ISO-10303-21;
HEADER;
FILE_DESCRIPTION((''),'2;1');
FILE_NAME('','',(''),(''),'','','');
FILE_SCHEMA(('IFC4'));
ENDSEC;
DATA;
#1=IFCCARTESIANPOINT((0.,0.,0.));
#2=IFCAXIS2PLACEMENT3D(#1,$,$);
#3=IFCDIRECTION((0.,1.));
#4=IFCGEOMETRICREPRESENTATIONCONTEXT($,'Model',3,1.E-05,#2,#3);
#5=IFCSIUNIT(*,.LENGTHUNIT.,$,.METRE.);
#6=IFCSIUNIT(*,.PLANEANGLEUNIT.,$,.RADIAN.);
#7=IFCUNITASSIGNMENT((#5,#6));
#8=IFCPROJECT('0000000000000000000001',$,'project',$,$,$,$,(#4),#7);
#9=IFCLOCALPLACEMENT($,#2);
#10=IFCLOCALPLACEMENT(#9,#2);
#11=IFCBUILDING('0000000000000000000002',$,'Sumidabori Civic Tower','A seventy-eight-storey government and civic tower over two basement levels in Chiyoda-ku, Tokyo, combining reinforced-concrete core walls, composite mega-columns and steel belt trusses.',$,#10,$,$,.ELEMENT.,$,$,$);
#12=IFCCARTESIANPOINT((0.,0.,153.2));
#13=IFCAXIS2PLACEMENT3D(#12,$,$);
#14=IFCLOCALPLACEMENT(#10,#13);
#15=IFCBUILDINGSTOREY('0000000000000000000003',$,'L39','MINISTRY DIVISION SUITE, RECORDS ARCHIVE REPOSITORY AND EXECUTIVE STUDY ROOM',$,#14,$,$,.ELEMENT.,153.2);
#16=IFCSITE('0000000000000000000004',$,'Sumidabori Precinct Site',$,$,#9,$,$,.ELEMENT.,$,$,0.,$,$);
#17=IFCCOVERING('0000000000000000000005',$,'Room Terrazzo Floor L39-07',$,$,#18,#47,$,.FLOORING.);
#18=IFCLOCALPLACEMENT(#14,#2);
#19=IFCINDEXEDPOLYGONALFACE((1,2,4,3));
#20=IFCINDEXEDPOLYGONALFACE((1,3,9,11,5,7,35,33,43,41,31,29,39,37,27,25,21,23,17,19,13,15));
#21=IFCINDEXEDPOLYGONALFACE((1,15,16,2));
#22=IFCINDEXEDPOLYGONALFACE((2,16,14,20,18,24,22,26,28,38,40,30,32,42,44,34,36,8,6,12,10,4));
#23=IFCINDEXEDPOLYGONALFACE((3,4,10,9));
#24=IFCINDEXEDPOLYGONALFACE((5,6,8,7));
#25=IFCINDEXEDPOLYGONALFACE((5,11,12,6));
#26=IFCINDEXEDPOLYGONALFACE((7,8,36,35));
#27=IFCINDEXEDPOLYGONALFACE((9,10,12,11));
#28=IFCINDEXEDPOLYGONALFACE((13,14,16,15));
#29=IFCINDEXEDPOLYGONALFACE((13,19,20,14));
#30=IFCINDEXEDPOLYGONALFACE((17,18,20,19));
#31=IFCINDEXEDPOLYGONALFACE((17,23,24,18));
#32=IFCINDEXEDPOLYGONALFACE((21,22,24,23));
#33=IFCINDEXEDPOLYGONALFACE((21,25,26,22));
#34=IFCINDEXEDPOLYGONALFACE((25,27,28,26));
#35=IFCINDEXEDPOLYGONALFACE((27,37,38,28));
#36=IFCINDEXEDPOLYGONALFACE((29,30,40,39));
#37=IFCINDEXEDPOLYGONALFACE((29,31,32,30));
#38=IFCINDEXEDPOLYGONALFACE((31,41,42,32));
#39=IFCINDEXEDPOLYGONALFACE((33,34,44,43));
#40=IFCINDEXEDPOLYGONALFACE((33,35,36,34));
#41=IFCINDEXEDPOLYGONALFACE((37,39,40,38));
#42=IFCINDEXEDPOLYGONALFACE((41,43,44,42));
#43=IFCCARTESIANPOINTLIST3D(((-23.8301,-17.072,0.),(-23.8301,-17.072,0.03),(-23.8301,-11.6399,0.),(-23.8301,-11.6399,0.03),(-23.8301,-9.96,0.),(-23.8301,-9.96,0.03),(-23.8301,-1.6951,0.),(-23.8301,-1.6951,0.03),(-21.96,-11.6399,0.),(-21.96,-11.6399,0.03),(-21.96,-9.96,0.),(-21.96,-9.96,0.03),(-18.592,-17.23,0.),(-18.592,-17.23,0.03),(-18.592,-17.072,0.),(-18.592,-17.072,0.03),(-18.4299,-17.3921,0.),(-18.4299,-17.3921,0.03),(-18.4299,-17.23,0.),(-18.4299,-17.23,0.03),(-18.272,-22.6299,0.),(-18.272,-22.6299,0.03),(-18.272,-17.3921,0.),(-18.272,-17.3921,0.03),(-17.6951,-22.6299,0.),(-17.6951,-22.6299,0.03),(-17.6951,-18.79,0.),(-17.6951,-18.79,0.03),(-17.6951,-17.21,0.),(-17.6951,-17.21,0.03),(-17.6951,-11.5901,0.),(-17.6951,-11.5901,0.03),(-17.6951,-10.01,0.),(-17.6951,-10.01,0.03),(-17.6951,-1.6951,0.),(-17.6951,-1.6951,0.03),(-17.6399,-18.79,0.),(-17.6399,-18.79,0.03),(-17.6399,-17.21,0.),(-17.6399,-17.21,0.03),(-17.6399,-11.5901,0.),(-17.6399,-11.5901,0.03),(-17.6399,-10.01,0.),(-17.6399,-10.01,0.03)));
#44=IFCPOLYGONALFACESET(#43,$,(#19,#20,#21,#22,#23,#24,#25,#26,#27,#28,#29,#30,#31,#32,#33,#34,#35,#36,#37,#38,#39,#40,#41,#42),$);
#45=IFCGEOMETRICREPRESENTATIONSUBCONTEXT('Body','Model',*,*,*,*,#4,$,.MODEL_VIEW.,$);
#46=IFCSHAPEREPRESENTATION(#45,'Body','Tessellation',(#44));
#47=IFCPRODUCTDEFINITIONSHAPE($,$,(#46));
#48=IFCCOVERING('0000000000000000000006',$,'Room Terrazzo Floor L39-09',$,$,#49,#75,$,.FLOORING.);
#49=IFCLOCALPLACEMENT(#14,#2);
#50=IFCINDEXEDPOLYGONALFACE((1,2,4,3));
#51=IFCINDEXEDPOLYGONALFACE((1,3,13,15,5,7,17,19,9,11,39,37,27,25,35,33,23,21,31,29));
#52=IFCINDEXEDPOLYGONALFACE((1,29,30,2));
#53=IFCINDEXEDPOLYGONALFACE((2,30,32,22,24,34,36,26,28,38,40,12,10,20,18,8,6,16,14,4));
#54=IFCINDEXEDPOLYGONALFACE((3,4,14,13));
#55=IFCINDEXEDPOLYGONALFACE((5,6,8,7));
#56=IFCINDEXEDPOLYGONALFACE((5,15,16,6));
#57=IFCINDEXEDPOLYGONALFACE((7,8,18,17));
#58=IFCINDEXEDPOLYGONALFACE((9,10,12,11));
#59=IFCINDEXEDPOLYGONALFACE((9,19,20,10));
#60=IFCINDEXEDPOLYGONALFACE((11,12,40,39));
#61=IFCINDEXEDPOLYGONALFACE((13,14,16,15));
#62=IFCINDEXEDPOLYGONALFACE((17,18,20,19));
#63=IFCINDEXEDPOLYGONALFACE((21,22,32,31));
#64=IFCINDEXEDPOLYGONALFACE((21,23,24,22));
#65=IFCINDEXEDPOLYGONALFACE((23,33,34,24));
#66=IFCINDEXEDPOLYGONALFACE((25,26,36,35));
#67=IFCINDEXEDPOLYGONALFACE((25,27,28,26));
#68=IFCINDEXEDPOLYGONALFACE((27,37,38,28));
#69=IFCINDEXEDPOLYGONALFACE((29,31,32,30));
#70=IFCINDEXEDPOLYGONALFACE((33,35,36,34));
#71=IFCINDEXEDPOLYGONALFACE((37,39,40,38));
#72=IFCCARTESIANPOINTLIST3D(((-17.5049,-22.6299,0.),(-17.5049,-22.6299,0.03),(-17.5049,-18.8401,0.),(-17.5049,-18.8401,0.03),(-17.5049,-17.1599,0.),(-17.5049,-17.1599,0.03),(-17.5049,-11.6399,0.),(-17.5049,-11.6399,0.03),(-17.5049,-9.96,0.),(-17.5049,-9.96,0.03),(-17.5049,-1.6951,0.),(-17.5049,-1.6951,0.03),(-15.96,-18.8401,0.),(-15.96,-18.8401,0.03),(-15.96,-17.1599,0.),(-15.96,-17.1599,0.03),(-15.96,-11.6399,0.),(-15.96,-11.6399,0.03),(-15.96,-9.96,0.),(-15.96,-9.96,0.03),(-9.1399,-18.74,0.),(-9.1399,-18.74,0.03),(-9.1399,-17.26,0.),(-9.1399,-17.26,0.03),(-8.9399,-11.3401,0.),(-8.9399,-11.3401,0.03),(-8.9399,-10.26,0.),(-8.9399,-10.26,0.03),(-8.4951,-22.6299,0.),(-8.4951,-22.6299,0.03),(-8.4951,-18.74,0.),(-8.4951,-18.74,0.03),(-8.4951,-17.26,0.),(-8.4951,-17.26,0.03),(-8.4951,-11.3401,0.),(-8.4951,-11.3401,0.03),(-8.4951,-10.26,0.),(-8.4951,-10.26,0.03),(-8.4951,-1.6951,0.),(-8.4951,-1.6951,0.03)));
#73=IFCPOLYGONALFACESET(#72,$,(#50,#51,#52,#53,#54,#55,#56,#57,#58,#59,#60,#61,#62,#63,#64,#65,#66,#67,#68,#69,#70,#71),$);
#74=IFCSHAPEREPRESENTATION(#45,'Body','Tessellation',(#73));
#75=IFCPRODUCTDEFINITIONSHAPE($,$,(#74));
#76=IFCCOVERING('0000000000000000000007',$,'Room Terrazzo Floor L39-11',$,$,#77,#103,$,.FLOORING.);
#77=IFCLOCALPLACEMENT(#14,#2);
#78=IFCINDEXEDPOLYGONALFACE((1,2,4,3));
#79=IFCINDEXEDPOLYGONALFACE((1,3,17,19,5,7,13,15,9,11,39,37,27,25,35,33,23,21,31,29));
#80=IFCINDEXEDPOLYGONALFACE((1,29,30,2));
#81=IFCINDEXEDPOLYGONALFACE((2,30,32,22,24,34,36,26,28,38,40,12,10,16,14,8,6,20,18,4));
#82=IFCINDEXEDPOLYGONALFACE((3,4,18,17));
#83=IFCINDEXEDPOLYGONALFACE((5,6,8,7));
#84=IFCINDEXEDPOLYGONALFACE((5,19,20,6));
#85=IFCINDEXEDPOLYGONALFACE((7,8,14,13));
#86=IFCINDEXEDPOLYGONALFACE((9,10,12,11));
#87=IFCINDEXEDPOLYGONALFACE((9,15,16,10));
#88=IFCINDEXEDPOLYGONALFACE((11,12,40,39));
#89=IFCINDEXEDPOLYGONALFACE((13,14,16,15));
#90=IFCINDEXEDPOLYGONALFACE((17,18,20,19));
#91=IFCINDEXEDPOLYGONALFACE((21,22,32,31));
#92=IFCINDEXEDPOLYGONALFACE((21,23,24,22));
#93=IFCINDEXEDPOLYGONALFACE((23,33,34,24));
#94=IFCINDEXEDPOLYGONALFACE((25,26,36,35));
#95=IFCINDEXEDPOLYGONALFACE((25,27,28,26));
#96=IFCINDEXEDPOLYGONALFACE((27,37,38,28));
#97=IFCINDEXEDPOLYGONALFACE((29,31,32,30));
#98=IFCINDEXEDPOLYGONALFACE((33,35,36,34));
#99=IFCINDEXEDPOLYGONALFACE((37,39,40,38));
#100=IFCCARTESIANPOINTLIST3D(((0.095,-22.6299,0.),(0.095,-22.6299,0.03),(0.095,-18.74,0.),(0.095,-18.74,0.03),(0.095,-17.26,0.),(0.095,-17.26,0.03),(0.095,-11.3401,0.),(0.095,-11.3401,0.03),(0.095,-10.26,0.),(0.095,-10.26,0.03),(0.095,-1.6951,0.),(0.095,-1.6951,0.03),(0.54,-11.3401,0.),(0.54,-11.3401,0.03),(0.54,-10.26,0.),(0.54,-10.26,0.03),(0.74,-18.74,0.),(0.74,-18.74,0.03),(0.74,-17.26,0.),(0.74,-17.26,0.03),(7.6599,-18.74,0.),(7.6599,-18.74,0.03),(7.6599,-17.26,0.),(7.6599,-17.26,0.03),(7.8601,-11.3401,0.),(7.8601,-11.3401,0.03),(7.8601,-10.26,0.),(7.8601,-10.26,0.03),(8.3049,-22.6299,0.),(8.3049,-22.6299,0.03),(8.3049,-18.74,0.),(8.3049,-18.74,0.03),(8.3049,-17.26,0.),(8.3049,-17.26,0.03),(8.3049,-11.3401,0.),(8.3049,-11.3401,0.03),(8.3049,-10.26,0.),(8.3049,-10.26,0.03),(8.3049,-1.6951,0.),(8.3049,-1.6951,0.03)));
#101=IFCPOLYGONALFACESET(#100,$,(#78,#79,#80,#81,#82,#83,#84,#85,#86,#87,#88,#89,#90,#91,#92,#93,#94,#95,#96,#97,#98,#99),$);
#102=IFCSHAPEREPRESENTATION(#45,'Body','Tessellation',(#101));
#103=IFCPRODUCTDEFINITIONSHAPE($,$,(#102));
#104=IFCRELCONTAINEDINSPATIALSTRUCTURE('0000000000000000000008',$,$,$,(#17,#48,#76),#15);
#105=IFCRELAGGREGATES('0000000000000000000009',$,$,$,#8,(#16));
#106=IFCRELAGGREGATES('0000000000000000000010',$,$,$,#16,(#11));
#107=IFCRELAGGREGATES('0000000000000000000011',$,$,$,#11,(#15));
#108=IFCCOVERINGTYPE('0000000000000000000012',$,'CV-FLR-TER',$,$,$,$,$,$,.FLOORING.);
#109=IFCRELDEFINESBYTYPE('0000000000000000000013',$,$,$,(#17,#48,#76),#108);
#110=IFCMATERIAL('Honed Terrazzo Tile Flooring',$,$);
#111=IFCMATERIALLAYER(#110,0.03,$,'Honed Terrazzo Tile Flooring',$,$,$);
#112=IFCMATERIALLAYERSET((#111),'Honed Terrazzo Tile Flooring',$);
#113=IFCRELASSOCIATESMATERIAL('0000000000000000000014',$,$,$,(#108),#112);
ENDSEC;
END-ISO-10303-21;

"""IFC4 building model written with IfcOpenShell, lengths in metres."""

from ifc_helpers import new_model, si_unit, direction, frame, origin, place, context, subcontext, project, spatial, polyline, outline, extrude, material, layer, layer_set, type_object, element, save


model = new_model("IFC4")

# Units and contexts
model_context = context("Model", 3, precision=1e-05, world=origin(), true_north=direction((0.0, 1.0)))
body_context = subcontext(model_context, "Body", "Model", "MODEL_VIEW")
ifc_project = project(units=[si_unit("LENGTHUNIT", "METRE"), si_unit("PLANEANGLEUNIT", "RADIAN")], contexts=[model_context])

# Site, building, storey
site_placement = place(None, origin())
site = spatial("IfcSite", under=ifc_project, at=site_placement, Name="Sumidabori Precinct Site", CompositionType="ELEMENT", RefElevation=0.0)
building_placement = place(site_placement, origin())
building = spatial("IfcBuilding", under=site, at=building_placement, Name="Sumidabori Civic Tower", Description="A seventy-eight-storey government and civic tower over two basement levels in Chiyoda-ku, Tokyo, combining reinforced-concrete core walls, composite mega-columns and steel belt trusses.", CompositionType="ELEMENT")
storey_placement = place(building_placement, frame((0.0, 0.0, 153.2)))
storey = spatial("IfcBuildingStorey", under=building, at=storey_placement, Name="L39", Description="MINISTRY DIVISION SUITE, RECORDS ARCHIVE REPOSITORY AND EXECUTIVE STUDY ROOM", CompositionType="ELEMENT", Elevation=153.2)

# Coverings
ifc_material_1 = material(Name="Honed Terrazzo Tile Flooring")
ifc_layer_1 = layer(ifc_material_1, 0.03, Name="Honed Terrazzo Tile Flooring")
ifc_layer_set_1 = layer_set([ifc_layer_1], Name="Honed Terrazzo Tile Flooring")
covering_type_1 = type_object("IfcCoveringType", Name="CV-FLR-TER", PredefinedType="FLOORING", material=ifc_layer_set_1)
covering_1_placement = place(storey_placement, origin())
element("IfcCovering", 1, at=covering_1_placement, inside=storey, type_object=covering_type_1, Name="Room Terrazzo Floor L39-07", PredefinedType="FLOORING", context=body_context, shape_type="SweptSolid", body=[
    extrude(outline(polyline([(-21.96, -11.6399), (-21.96, -9.96), (-23.8301, -9.96), (-23.8301, -1.6951), (-17.6951, -1.6951), (-17.6951, -10.01), (-17.6399, -10.01), (-17.6399, -11.5901), (-17.6951, -11.5901), (-17.6951, -17.21), (-17.6399, -17.21), (-17.6399, -18.79), (-17.6951, -18.79), (-17.6951, -22.6299), (-18.272, -22.6299), (-18.272, -17.3921), (-18.4299, -17.3921), (-18.4299, -17.23), (-18.592, -17.23), (-18.592, -17.072), (-23.8301, -17.072), (-23.8301, -11.6399), (-21.96, -11.6399)])), origin(), (0.0, 0.0, 1.0), 0.03),
])
covering_2_placement = place(storey_placement, origin())
element("IfcCovering", 2, at=covering_2_placement, inside=storey, type_object=covering_type_1, Name="Room Terrazzo Floor L39-09", PredefinedType="FLOORING", context=body_context, shape_type="SweptSolid", body=[
    extrude(outline(polyline([(-17.5049, -18.8401), (-15.96, -18.8401), (-15.96, -17.1599), (-17.5049, -17.1599), (-17.5049, -11.6399), (-15.96, -11.6399), (-15.96, -9.96), (-17.5049, -9.96), (-17.5049, -1.6951), (-8.4951, -1.6951), (-8.4951, -10.26), (-8.9399, -10.26), (-8.9399, -11.3401), (-8.4951, -11.3401), (-8.4951, -17.26), (-9.1399, -17.26), (-9.1399, -18.74), (-8.4951, -18.74), (-8.4951, -22.6299), (-17.5049, -22.6299), (-17.5049, -18.8401)])), origin(), (0.0, 0.0, 1.0), 0.03),
])
covering_3_placement = place(storey_placement, origin())
element("IfcCovering", 3, at=covering_3_placement, inside=storey, type_object=covering_type_1, Name="Room Terrazzo Floor L39-11", PredefinedType="FLOORING", context=body_context, shape_type="SweptSolid", body=[
    extrude(outline(polyline([(0.095, -18.74), (0.74, -18.74), (0.74, -17.26), (0.095, -17.26), (0.095, -11.3401), (0.54, -11.3401), (0.54, -10.26), (0.095, -10.26), (0.095, -1.6951), (8.3049, -1.6951), (8.3049, -10.26), (7.8601, -10.26), (7.8601, -11.3401), (8.3049, -11.3401), (8.3049, -17.26), (7.6599, -17.26), (7.6599, -18.74), (8.3049, -18.74), (8.3049, -22.6299), (0.095, -22.6299), (0.095, -18.74)])), origin(), (0.0, 0.0, 1.0), 0.03),
])

save(model, "model.ifc")
